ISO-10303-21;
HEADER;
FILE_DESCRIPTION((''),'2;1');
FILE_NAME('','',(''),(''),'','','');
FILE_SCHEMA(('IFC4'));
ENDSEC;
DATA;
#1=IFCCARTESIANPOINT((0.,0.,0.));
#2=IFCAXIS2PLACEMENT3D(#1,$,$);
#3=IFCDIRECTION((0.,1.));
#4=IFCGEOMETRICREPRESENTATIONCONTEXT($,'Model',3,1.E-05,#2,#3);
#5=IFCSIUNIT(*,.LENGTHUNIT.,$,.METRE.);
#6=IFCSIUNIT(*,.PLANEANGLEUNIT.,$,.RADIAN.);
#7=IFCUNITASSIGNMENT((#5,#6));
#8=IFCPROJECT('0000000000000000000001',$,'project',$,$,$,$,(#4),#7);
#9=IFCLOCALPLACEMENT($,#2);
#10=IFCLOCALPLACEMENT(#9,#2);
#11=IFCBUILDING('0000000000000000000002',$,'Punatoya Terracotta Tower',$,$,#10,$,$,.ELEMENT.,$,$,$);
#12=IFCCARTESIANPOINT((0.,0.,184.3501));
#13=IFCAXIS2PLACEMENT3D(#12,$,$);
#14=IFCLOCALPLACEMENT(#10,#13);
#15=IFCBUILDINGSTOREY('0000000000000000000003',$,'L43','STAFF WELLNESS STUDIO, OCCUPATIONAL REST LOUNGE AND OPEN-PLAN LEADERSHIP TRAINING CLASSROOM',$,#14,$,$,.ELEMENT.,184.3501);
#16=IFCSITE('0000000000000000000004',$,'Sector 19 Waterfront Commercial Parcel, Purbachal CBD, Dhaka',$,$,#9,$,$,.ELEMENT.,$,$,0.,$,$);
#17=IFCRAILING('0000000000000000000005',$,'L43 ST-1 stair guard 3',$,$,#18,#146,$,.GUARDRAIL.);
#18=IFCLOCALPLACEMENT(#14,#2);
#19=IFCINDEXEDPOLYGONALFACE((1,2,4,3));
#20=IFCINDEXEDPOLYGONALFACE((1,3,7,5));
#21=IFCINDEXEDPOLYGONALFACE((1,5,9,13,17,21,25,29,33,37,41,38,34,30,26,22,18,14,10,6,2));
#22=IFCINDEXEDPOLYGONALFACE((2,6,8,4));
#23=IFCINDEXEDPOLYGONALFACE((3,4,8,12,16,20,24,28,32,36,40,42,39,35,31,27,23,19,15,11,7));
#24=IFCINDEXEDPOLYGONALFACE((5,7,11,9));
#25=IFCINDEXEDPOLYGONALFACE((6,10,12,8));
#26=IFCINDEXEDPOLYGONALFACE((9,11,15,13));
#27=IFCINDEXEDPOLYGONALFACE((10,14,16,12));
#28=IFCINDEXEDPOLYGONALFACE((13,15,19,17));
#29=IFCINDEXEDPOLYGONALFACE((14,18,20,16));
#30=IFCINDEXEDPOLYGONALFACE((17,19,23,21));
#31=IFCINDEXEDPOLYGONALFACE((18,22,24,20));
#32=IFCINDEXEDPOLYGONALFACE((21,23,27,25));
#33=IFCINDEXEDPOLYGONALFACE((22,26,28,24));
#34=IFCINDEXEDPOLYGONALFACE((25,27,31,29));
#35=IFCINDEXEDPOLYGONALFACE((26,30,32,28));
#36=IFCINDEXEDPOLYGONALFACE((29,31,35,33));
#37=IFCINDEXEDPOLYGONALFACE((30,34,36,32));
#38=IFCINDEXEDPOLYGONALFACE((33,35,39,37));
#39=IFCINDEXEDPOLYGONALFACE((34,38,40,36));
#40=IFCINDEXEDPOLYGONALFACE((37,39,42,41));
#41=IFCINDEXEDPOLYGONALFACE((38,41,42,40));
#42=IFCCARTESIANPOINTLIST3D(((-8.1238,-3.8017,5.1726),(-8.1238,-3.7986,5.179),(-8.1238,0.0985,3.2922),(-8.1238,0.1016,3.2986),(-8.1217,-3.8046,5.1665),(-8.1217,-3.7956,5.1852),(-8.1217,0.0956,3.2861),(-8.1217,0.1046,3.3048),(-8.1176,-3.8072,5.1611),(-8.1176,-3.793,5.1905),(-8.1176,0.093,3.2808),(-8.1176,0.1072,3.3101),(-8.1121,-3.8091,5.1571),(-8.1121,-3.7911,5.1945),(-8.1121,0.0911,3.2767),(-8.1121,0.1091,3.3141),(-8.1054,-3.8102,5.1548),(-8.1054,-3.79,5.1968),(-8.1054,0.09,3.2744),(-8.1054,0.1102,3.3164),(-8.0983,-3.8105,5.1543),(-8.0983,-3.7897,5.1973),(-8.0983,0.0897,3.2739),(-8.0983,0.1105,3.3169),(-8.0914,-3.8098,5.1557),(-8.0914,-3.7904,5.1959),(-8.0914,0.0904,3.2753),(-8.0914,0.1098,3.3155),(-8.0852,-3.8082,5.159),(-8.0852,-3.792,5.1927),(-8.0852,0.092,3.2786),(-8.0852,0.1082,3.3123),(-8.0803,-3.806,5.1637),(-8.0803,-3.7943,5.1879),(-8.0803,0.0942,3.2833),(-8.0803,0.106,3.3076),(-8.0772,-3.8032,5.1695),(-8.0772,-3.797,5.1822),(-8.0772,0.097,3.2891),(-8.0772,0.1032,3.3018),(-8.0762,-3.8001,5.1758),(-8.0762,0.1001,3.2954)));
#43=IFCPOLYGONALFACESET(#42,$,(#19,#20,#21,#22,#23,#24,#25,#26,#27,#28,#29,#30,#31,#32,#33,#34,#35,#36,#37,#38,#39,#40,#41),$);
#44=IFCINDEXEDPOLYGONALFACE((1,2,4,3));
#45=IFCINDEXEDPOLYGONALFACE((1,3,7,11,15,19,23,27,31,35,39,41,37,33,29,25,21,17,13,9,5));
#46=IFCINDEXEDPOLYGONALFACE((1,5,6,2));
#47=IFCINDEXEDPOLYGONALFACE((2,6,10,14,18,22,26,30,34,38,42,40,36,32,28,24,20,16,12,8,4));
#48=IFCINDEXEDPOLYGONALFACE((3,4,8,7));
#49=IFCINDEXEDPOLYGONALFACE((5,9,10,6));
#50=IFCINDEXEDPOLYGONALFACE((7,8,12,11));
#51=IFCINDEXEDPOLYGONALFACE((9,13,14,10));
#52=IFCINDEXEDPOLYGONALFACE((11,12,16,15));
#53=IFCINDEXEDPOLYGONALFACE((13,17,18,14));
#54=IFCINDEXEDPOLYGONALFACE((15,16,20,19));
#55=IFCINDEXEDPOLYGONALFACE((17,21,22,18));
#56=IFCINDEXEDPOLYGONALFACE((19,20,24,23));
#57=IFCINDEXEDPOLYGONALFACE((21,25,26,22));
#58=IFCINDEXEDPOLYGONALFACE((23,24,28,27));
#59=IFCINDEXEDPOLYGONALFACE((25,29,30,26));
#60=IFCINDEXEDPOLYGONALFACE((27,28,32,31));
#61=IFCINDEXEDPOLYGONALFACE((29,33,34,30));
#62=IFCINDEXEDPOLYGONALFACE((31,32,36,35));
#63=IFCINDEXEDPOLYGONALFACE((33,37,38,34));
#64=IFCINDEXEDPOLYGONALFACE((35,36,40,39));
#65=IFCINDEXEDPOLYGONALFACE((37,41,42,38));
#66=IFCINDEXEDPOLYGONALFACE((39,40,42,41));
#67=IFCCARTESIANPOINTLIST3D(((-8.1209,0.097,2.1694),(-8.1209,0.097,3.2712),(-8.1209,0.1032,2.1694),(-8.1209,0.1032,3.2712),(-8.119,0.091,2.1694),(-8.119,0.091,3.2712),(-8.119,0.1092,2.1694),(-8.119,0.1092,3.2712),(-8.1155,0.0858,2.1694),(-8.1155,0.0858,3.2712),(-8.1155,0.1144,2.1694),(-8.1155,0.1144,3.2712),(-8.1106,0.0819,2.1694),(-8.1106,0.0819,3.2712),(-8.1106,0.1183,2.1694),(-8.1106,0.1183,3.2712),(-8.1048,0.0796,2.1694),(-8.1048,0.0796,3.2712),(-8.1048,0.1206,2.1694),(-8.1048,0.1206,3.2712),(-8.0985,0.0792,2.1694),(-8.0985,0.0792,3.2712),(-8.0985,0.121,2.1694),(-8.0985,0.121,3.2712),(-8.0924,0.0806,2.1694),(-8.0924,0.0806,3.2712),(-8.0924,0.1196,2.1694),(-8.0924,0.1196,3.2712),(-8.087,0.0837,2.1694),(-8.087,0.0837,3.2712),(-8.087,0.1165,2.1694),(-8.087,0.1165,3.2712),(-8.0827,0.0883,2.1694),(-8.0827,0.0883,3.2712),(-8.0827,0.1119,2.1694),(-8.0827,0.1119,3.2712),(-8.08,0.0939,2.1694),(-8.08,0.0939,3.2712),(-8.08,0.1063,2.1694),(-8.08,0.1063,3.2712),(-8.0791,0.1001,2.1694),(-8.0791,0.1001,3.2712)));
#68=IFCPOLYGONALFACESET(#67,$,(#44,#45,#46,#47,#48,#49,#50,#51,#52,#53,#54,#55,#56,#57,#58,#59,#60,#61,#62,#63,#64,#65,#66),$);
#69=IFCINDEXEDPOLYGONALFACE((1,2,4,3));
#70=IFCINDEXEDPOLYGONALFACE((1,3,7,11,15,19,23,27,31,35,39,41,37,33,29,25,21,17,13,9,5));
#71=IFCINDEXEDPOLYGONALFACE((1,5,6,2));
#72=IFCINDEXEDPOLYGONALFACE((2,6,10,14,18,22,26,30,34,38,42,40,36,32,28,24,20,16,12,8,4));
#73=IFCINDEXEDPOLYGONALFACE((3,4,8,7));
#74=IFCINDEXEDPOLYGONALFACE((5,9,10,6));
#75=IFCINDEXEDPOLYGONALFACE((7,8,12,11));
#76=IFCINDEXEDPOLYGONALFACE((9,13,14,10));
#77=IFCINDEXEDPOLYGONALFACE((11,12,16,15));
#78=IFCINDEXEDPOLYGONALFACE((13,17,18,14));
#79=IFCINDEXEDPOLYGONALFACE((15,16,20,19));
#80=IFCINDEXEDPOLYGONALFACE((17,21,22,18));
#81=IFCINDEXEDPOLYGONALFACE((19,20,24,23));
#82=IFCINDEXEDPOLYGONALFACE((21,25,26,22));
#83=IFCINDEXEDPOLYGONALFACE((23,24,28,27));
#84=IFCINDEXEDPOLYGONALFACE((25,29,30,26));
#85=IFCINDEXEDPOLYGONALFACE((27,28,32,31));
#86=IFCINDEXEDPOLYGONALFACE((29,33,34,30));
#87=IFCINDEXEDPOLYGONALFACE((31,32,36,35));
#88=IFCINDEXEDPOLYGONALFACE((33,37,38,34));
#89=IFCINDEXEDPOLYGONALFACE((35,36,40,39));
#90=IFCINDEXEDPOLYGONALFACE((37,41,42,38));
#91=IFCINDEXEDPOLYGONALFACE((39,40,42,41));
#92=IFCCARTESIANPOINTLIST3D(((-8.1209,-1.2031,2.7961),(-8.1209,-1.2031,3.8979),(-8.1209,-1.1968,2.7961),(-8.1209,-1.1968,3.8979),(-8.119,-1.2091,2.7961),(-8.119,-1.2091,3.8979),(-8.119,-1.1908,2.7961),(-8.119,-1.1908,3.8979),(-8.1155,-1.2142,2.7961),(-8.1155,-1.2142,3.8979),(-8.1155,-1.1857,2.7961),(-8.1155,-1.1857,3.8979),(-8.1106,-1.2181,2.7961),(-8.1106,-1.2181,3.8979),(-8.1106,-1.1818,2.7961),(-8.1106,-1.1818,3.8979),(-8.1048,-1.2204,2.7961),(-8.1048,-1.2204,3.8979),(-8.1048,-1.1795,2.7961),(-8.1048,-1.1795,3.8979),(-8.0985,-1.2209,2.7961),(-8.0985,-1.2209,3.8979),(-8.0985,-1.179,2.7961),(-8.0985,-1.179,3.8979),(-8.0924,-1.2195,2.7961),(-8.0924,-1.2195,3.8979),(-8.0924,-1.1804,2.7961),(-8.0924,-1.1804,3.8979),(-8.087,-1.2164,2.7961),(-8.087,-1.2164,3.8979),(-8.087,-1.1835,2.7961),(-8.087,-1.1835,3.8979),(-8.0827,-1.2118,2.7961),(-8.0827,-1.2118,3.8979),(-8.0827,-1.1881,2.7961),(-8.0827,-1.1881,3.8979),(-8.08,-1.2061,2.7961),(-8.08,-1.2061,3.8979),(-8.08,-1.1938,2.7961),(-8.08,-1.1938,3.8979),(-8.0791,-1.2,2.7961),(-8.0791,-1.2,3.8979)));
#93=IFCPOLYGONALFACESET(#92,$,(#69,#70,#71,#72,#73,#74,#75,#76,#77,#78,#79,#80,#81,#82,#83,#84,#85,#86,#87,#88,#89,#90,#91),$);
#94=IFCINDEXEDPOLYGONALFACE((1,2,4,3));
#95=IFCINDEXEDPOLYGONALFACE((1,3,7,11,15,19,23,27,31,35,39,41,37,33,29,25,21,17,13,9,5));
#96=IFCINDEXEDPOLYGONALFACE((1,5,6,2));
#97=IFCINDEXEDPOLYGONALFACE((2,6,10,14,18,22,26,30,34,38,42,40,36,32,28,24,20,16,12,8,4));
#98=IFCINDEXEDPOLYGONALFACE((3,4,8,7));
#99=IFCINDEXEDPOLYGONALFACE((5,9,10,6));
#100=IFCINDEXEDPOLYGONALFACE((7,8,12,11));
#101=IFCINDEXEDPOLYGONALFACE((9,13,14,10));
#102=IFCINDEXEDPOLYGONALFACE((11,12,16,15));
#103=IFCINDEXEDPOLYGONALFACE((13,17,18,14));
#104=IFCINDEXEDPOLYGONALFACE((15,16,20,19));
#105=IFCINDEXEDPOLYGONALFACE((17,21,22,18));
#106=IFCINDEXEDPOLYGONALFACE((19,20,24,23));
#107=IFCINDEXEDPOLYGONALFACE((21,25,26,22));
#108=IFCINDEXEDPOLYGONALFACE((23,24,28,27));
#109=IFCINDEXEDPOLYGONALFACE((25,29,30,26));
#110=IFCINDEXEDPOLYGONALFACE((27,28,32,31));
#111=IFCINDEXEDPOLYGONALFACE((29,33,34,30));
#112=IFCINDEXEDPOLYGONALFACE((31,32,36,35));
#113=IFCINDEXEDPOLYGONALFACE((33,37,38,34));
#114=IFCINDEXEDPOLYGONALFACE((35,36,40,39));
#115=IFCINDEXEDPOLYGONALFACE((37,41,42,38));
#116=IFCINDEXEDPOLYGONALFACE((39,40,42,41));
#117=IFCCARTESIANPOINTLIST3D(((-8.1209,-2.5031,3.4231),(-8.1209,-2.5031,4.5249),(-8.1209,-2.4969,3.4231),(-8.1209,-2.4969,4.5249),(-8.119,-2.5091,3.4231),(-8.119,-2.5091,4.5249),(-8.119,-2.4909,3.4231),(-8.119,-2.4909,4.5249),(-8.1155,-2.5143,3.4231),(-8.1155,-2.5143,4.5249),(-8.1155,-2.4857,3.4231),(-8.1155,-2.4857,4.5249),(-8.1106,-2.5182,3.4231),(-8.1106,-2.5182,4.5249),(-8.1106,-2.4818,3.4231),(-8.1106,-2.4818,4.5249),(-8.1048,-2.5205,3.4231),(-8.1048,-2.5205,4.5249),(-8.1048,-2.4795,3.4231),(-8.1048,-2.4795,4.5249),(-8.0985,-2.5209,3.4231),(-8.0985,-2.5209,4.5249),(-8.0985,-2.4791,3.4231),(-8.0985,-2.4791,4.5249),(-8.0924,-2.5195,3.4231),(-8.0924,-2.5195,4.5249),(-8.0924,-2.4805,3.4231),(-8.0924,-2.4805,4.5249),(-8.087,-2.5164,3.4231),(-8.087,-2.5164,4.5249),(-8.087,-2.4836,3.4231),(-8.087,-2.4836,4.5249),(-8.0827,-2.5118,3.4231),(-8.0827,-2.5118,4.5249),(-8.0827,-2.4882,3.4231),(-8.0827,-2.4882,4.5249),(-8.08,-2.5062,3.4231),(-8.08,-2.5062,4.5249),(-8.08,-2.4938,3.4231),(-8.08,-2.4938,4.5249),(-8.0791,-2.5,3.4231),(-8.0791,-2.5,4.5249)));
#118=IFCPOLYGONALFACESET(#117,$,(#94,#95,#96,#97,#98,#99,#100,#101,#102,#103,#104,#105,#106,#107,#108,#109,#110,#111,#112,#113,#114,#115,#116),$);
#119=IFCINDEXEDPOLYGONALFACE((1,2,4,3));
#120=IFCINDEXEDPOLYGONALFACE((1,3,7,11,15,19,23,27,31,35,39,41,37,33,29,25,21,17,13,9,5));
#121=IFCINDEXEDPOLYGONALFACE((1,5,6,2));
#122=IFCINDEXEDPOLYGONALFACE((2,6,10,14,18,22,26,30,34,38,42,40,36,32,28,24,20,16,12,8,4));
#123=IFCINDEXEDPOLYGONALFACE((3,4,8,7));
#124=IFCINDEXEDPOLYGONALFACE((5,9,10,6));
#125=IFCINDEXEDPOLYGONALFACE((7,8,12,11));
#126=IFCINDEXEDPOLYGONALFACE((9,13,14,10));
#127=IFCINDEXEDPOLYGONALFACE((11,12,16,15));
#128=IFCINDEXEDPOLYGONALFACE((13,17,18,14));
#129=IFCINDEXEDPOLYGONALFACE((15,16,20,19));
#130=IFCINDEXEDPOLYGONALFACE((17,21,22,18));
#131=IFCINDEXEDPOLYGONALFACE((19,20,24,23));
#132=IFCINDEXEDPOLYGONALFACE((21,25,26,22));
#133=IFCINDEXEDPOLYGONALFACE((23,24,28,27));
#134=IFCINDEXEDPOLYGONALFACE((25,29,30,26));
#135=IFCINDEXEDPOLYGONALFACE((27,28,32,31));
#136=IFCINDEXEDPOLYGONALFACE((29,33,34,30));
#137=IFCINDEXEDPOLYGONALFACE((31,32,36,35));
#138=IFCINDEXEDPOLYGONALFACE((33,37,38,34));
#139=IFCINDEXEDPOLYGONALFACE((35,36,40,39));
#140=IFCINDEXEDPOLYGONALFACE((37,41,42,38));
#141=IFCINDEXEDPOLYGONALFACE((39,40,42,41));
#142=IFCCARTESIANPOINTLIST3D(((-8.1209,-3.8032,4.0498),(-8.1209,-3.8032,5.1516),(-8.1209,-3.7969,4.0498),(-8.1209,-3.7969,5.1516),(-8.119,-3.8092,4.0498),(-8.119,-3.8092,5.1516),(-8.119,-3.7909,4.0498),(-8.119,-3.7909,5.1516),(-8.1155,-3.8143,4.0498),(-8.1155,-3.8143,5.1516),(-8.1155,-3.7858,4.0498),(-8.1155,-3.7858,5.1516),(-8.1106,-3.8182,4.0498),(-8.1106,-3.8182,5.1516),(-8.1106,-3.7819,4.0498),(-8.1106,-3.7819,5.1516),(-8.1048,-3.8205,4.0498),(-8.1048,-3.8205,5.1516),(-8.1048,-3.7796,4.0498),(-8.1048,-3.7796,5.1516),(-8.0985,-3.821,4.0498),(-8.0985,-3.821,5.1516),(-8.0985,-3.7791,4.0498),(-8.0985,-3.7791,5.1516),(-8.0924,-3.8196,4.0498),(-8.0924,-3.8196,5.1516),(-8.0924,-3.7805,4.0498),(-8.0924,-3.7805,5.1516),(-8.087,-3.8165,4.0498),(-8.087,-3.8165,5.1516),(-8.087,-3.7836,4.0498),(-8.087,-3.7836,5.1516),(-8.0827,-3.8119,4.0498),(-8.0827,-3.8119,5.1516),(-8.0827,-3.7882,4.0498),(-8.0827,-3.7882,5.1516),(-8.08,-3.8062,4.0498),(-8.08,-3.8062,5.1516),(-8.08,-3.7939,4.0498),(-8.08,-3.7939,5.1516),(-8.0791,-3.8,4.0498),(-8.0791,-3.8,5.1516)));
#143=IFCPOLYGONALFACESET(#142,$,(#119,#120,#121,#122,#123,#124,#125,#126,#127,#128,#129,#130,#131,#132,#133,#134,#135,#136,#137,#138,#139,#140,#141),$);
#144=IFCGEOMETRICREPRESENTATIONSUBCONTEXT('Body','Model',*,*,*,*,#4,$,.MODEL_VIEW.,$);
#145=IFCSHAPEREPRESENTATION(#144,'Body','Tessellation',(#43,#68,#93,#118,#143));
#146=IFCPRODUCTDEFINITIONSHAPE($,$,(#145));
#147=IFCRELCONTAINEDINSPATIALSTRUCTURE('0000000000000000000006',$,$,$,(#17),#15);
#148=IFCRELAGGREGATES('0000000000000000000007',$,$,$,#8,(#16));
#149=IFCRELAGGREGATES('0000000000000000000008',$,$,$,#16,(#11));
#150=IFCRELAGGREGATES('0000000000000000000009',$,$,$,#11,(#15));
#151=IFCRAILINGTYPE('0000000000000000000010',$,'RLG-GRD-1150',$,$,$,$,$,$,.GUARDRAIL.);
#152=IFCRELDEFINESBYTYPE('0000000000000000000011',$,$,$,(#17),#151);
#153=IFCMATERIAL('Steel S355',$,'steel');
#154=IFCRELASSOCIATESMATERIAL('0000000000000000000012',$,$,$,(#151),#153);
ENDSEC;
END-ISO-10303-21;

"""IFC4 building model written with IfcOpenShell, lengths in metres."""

from ifc_helpers import new_model, si_unit, direction, frame, origin, origin_2d, place, context, subcontext, project, spatial, circle, extrude, material, type_object, element, save


model = new_model("IFC4")

# Units and contexts
model_context = context("Model", 3, precision=1e-05, world=origin(), true_north=direction((0.0, 1.0)))
body_context = subcontext(model_context, "Body", "Model", "MODEL_VIEW")
ifc_project = project(units=[si_unit("LENGTHUNIT", "METRE"), si_unit("PLANEANGLEUNIT", "RADIAN")], contexts=[model_context])

# Site, building, storey
site_placement = place(None, origin())
site = spatial("IfcSite", under=ifc_project, at=site_placement, Name="Sector 19 Waterfront Commercial Parcel, Purbachal CBD, Dhaka", CompositionType="ELEMENT", RefElevation=0.0)
building_placement = place(site_placement, origin())
building = spatial("IfcBuilding", under=site, at=building_placement, Name="Punatoya Terracotta Tower", CompositionType="ELEMENT")
storey_placement = place(building_placement, frame((0.0, 0.0, 184.3501)))
storey = spatial("IfcBuildingStorey", under=building, at=storey_placement, Name="L43", Description="STAFF WELLNESS STUDIO, OCCUPATIONAL REST LOUNGE AND OPEN-PLAN LEADERSHIP TRAINING CLASSROOM", CompositionType="ELEMENT", Elevation=184.3501)

# Shared definitions
ifc_material_1 = material(Name="Steel S355", Category="steel")

# Railing
railing_type_1 = type_object("IfcRailingType", Name="RLG-GRD-1150", PredefinedType="GUARDRAIL", material=ifc_material_1)
railing_1_placement = place(storey_placement, frame((-8.1001, 0.1001, 2.1694)))
element("IfcRailing", 1, at=railing_1_placement, inside=storey, type_object=railing_type_1, Name="L43 ST-1 stair guard 3", PredefinedType="GUARDRAIL", context=body_context, shape_type="SweptSolid", body=[
    extrude(circle(Radius=0.0239, at=origin_2d()), frame((0.0, 0.0, 1.126), z_axis=(0.0, -0.900774, 0.434289), x_axis=(1.0, 0.0, 0.0)), (0.0, 0.0, 1.0), 4.3298),
    extrude(circle(Radius=0.021, at=origin_2d()), origin(), (0.0, 0.0, 1.0), 1.1018),
    extrude(circle(Radius=0.021, at=origin_2d()), frame((0.0, -1.3, 0.6267)), (0.0, 0.0, 1.0), 1.1018),
    extrude(circle(Radius=0.021, at=origin_2d()), frame((0.0, -2.6001, 1.2537)), (0.0, 0.0, 1.0), 1.1018),
    extrude(circle(Radius=0.021, at=origin_2d()), frame((0.0, -3.9001, 1.8804)), (0.0, 0.0, 1.0), 1.1018),
])

save(model, "model.ifc")
